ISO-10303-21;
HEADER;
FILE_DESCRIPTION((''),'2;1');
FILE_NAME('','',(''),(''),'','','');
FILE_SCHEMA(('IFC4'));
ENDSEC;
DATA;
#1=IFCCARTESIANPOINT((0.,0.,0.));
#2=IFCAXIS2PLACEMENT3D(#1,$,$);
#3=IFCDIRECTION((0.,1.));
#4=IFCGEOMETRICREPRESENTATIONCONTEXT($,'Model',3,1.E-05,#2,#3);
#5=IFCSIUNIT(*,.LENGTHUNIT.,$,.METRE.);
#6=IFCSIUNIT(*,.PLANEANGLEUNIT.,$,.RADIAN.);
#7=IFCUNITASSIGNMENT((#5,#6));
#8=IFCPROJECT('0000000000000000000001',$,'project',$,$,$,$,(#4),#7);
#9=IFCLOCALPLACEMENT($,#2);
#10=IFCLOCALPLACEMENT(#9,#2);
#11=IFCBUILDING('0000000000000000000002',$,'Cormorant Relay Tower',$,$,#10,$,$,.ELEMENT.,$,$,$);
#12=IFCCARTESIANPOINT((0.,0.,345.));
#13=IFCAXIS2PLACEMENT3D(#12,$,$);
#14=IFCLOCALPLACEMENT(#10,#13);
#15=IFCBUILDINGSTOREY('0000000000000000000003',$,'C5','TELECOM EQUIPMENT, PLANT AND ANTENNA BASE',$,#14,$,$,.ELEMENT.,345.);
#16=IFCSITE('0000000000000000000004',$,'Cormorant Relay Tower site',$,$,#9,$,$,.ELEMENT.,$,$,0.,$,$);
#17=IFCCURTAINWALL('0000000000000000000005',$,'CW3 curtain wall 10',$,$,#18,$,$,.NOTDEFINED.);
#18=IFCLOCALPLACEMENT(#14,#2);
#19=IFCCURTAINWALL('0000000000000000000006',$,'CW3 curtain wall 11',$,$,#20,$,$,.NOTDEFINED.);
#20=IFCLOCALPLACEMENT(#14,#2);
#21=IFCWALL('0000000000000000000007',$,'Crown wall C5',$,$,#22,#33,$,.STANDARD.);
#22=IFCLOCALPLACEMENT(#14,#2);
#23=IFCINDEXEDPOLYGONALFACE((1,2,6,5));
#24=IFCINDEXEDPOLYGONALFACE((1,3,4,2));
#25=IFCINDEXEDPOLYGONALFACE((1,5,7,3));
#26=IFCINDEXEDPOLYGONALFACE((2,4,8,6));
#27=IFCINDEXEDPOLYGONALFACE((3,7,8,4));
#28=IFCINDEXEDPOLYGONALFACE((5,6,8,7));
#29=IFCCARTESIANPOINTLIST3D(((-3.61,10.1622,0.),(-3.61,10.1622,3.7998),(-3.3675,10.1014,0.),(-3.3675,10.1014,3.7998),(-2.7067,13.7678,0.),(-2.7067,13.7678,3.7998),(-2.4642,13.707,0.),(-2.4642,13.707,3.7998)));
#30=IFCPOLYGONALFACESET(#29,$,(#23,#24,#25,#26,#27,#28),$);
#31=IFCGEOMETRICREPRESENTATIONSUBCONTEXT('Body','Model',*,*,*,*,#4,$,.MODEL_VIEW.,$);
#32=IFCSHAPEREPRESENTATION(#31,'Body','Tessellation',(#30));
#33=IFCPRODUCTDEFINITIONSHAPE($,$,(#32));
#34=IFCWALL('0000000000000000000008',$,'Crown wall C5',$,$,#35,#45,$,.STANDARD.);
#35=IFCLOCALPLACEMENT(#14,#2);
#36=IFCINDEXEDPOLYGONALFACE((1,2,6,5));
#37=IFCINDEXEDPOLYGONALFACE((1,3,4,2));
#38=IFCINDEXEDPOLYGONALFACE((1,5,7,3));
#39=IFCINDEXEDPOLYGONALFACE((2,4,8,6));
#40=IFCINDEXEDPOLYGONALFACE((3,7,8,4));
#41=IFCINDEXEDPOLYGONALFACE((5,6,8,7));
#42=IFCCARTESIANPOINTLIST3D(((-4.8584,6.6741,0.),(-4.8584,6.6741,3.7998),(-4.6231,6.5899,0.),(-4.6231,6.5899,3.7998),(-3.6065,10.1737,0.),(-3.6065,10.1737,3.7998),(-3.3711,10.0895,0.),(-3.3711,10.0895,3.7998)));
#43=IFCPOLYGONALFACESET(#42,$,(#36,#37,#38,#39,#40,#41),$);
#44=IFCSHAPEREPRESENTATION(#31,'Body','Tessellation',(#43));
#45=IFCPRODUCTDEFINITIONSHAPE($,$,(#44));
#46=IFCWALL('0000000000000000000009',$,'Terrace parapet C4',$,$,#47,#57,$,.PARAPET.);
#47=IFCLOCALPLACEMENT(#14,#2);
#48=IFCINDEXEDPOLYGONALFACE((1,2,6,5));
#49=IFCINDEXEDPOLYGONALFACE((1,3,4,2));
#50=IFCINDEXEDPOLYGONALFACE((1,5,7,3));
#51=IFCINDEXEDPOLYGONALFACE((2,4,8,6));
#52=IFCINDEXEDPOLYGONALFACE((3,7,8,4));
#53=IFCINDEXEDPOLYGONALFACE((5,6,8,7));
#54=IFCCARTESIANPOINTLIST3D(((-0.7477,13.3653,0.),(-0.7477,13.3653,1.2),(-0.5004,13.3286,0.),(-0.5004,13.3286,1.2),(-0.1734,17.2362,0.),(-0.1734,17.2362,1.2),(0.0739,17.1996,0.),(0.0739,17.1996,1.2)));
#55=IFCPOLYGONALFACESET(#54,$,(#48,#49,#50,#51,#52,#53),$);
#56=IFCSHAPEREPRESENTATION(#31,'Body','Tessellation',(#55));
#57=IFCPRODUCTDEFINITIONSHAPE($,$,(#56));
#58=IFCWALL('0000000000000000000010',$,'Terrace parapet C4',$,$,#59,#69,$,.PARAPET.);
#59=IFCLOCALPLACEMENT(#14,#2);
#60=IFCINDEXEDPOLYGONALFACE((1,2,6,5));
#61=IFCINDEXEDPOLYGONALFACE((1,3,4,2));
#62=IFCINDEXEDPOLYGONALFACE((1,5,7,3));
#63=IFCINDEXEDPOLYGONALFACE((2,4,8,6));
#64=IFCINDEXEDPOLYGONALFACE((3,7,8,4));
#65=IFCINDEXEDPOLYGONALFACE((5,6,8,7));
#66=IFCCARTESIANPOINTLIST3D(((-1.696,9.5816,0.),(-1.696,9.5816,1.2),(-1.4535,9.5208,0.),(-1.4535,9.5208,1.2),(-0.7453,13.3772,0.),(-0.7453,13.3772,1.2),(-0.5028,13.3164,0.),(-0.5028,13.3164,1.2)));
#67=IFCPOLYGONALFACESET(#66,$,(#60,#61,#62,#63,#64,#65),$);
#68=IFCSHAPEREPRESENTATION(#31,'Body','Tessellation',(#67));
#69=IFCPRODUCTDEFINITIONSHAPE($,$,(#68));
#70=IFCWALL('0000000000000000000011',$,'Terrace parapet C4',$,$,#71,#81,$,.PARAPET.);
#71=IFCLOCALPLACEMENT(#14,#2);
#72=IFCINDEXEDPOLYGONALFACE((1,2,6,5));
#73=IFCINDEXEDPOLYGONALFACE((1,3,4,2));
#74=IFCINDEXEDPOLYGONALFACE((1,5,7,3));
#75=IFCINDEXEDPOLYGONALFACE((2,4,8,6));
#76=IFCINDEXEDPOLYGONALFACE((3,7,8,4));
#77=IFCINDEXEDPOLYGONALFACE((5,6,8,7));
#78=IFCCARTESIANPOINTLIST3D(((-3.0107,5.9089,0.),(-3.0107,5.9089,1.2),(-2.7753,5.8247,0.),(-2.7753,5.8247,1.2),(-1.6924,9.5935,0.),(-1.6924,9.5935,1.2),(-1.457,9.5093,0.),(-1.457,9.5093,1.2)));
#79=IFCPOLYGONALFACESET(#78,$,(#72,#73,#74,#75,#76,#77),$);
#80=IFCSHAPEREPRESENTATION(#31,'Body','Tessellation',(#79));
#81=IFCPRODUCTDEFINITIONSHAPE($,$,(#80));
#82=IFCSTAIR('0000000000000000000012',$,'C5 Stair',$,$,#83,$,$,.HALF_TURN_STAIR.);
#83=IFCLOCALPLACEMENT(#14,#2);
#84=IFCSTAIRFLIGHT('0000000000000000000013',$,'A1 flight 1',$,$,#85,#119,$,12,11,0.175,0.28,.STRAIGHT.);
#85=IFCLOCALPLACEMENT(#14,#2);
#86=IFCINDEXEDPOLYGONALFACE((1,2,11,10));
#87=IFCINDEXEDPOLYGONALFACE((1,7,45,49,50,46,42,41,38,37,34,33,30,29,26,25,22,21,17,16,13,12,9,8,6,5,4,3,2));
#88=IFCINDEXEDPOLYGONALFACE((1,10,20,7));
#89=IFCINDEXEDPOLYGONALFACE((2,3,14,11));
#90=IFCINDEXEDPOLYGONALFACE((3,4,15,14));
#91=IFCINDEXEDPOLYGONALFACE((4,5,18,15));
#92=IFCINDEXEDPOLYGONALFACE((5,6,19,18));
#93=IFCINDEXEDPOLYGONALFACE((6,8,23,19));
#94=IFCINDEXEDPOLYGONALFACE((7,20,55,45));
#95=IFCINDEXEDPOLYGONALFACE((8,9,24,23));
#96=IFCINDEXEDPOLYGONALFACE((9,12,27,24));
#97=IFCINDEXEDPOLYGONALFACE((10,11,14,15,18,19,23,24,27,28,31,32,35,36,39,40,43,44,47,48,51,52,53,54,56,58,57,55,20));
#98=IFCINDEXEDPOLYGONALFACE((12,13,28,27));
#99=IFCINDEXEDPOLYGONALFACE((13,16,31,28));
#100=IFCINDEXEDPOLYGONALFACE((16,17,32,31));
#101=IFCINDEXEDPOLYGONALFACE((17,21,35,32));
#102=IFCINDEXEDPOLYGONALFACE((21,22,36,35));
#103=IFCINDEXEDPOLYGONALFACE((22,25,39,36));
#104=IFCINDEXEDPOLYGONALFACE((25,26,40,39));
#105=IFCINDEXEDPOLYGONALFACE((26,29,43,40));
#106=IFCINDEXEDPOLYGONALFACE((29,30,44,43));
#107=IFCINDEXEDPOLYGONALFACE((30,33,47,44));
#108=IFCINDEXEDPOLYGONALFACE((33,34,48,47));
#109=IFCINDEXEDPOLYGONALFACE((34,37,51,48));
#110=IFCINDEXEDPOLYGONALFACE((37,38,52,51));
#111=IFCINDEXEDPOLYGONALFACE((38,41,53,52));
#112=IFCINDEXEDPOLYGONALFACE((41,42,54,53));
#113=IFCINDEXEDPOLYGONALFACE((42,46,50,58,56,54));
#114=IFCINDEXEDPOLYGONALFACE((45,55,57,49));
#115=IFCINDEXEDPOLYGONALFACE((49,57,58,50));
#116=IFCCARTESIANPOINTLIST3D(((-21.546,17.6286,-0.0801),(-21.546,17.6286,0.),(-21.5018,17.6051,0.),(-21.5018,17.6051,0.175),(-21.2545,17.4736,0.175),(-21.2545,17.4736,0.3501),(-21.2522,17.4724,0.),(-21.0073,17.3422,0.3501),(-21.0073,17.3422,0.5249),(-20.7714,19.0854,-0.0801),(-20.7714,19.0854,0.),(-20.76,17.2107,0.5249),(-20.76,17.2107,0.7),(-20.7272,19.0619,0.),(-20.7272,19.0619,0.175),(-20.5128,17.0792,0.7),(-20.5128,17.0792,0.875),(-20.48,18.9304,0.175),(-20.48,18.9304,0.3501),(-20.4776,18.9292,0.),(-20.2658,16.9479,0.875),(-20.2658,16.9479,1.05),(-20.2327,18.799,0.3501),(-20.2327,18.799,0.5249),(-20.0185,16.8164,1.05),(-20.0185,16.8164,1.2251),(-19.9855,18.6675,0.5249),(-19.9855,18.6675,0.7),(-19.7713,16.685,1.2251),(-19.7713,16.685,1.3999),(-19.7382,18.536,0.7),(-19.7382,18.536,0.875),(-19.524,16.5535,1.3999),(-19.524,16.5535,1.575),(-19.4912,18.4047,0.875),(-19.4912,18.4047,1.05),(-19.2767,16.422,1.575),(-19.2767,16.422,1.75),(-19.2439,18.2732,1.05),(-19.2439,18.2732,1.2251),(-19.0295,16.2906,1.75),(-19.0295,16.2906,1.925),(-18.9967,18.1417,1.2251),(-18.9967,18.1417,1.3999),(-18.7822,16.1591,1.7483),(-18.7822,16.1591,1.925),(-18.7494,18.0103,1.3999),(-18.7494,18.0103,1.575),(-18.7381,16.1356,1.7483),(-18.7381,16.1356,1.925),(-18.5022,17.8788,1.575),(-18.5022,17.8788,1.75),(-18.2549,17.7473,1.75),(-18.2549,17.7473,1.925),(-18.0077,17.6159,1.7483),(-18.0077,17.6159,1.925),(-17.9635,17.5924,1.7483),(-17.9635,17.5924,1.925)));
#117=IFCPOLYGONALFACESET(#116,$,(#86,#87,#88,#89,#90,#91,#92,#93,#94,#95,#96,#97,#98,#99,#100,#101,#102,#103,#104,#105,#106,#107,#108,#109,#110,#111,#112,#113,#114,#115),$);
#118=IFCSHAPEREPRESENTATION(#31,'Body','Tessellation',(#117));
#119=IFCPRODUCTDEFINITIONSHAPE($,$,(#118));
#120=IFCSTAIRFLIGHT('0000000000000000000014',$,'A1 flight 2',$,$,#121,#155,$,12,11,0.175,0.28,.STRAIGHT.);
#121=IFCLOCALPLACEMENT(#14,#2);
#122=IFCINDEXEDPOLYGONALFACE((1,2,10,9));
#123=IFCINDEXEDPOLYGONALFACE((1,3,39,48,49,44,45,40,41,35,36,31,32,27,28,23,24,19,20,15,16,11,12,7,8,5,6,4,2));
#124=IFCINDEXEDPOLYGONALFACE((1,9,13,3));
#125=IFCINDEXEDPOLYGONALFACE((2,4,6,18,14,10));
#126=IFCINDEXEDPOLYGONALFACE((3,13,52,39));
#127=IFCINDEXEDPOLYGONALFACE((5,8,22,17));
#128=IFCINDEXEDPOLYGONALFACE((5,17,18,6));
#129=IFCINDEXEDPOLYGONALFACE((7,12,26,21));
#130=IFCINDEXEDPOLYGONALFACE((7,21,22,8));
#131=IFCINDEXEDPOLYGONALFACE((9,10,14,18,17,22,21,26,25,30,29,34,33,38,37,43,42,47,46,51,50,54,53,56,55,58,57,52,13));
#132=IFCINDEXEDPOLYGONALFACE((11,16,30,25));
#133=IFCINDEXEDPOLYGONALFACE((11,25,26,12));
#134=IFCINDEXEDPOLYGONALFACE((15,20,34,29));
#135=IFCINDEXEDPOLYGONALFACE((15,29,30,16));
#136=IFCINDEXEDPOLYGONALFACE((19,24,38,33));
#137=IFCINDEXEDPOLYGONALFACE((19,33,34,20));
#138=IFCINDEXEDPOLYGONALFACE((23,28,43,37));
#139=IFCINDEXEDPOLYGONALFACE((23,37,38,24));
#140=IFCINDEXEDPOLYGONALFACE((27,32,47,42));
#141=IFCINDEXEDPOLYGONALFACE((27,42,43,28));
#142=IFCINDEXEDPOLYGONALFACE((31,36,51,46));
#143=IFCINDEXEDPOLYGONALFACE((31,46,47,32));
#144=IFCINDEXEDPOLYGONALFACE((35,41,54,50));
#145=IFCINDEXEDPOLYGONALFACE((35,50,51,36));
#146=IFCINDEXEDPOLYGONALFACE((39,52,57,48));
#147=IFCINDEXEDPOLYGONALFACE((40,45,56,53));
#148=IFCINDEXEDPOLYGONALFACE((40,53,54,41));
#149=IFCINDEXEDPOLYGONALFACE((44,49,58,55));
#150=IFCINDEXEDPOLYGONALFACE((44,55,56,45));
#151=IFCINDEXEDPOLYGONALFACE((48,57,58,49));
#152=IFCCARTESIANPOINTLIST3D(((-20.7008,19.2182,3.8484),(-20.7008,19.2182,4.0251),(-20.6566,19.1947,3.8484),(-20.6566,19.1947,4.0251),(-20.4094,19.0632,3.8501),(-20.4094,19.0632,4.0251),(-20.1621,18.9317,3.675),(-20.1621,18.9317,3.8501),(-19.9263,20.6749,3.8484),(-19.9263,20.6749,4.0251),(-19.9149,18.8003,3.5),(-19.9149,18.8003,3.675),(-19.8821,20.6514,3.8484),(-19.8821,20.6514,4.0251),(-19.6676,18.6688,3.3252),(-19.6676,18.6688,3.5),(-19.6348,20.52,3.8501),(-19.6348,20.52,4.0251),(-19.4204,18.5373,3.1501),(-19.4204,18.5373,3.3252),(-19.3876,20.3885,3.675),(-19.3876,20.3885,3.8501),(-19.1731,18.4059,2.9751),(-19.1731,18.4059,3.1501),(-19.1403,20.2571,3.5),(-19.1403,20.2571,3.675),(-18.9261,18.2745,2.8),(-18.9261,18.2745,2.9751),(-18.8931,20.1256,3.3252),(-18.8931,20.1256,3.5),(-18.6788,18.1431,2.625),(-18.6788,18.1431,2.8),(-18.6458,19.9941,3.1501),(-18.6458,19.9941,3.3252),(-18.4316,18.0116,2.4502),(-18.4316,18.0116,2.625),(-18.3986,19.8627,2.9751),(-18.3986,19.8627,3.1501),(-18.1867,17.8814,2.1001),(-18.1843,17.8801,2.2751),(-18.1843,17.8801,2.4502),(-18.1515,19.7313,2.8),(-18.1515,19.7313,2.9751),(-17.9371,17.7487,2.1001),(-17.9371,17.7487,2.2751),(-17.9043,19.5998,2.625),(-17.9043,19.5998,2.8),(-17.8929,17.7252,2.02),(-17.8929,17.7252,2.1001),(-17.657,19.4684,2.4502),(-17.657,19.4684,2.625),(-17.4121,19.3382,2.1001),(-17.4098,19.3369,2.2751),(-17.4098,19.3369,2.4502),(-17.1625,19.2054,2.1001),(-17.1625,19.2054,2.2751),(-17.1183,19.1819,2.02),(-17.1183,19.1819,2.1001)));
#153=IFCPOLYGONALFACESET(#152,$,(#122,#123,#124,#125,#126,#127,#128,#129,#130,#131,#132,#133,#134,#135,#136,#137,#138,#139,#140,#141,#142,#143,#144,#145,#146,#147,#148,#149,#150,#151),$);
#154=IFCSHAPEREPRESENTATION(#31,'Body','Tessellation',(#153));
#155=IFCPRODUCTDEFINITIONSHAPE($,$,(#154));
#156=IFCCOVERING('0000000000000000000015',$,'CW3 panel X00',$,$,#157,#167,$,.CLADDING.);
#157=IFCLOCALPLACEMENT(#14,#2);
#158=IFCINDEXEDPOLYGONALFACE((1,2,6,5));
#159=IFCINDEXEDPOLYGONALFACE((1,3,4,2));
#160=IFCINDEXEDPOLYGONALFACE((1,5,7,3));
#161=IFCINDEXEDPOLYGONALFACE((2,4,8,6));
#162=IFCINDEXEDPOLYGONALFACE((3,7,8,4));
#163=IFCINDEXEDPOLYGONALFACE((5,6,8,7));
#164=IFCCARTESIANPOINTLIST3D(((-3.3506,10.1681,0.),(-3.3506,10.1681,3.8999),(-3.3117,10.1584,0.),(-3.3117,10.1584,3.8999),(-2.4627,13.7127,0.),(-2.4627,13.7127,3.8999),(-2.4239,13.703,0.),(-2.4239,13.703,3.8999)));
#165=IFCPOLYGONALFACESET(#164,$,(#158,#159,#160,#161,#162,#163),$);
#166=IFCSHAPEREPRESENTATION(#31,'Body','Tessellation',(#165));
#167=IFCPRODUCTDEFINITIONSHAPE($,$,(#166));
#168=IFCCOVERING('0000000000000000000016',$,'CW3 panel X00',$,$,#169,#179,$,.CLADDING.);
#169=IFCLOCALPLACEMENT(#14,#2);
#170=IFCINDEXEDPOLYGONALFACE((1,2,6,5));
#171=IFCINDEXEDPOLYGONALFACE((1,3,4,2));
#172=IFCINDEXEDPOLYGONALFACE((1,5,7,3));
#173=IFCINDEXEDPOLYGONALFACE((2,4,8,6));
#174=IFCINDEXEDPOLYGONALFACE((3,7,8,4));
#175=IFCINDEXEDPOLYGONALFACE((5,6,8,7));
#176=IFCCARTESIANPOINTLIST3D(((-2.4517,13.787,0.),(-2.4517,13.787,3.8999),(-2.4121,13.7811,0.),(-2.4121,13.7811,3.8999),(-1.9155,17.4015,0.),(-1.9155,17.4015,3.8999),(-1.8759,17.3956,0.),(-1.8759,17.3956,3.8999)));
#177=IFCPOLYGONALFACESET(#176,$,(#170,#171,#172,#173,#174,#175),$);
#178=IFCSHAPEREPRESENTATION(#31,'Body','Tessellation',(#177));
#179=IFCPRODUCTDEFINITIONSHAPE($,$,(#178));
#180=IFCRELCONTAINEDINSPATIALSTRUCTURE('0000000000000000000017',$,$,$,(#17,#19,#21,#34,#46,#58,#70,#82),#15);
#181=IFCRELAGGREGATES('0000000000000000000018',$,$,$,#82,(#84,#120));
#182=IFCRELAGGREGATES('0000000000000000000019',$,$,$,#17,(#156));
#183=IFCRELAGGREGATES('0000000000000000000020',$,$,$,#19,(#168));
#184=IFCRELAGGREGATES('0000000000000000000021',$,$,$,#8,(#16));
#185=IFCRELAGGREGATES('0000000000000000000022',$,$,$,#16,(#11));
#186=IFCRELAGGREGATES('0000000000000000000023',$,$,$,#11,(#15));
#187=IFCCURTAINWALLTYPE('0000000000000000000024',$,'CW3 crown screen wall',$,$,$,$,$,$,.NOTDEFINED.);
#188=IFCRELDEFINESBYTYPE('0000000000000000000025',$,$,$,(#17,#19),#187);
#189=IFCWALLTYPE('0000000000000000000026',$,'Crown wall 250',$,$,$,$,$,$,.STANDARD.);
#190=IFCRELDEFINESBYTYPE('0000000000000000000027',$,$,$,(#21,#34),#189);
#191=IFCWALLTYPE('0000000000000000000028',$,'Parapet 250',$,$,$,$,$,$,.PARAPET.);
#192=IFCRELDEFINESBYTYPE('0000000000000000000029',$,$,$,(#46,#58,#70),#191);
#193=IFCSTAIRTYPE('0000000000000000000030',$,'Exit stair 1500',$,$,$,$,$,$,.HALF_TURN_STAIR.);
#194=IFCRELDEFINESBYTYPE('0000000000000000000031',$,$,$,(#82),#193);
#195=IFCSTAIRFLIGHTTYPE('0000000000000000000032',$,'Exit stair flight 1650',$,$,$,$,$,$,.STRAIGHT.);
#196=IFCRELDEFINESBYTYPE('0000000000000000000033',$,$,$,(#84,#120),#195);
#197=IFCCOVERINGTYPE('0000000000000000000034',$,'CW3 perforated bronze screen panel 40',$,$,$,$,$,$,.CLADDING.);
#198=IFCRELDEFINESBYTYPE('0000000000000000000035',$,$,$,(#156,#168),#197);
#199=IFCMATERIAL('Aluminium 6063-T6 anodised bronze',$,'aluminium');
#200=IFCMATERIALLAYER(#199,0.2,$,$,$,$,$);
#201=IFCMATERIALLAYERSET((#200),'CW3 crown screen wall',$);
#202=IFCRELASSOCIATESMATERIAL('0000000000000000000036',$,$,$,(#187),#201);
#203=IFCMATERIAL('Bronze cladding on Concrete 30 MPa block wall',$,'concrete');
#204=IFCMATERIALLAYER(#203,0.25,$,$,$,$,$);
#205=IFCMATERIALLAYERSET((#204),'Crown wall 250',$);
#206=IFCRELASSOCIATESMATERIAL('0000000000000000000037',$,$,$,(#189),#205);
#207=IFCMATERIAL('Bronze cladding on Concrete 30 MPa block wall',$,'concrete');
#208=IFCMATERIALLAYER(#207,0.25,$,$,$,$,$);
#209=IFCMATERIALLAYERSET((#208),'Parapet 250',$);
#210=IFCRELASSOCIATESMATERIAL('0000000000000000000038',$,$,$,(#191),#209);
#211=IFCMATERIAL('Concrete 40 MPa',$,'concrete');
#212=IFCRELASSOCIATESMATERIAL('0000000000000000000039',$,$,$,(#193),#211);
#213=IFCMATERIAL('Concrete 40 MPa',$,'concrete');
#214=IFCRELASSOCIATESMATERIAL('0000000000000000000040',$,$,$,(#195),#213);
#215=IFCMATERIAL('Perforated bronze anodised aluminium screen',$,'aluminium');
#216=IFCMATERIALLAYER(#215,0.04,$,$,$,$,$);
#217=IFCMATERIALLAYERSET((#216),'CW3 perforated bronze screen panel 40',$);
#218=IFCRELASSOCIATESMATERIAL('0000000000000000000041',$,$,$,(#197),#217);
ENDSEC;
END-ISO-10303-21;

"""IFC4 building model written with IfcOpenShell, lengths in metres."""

from ifc_helpers import new_model, si_unit, direction, frame, frame_2d, origin, origin_2d, place, context, subcontext, project, spatial, polyline, rectangle, outline, extrude, material, layer, layer_set, type_object, element, aggregate, save


model = new_model("IFC4")

# Units and contexts
model_context = context("Model", 3, precision=1e-05, world=origin(), true_north=direction((0.0, 1.0)))
body_context = subcontext(model_context, "Body", "Model", "MODEL_VIEW")
ifc_project = project(units=[si_unit("LENGTHUNIT", "METRE"), si_unit("PLANEANGLEUNIT", "RADIAN")], contexts=[model_context])

# Site, building, storey
site_placement = place(None, origin())
site = spatial("IfcSite", under=ifc_project, at=site_placement, Name="Cormorant Relay Tower site", CompositionType="ELEMENT", RefElevation=0.0)
building_placement = place(site_placement, origin())
building = spatial("IfcBuilding", under=site, at=building_placement, Name="Cormorant Relay Tower", CompositionType="ELEMENT")
storey_placement = place(building_placement, frame((0.0, 0.0, 345.0)))
storey = spatial("IfcBuildingStorey", under=building, at=storey_placement, Name="C5", Description="TELECOM EQUIPMENT, PLANT AND ANTENNA BASE", CompositionType="ELEMENT", Elevation=345.0)

# Curtain walls
ifc_material_1 = material(Name="Aluminium 6063-T6 anodised bronze", Category="aluminium")
ifc_layer_1 = layer(ifc_material_1, 0.2)
ifc_layer_set_1 = layer_set([ifc_layer_1], Name="CW3 crown screen wall")
curtain_wall_type = type_object("IfcCurtainWallType", Name="CW3 crown screen wall", PredefinedType="NOTDEFINED", material=ifc_layer_set_1)
curtain_wall_1_placement = place(storey_placement, origin())
curtain_wall_1 = element("IfcCurtainWall", 1, at=curtain_wall_1_placement, inside=storey, type_object=curtain_wall_type, Name="CW3 curtain wall 10", PredefinedType="NOTDEFINED")
curtain_wall_2_placement = place(storey_placement, origin())
curtain_wall_2 = element("IfcCurtainWall", 2, at=curtain_wall_2_placement, inside=storey, type_object=curtain_wall_type, Name="CW3 curtain wall 11", PredefinedType="NOTDEFINED")

# Walls
ifc_material_2 = material(Name="Bronze cladding on Concrete 30 MPa block wall", Category="concrete")
ifc_layer_2 = layer(ifc_material_2, 0.25)
ifc_layer_set_2 = layer_set([ifc_layer_2], Name="Crown wall 250")
wall_type_1 = type_object("IfcWallType", Name="Crown wall 250", PredefinedType="STANDARD", material=ifc_layer_set_2)
wall_1_placement = place(storey_placement, frame((-2.5854, 13.7373, 0.0), z_axis=(0.0, 0.0, 1.0), x_axis=(-0.243015, -0.970023, 0.0)))
element("IfcWall", 3, at=wall_1_placement, inside=storey, type_object=wall_type_1, Name="Crown wall C5", PredefinedType="STANDARD", context=body_context, shape_type="SweptSolid", body=[
    extrude(rectangle(XDim=3.717, YDim=0.25, at=frame_2d((1.8584, 0.0))), origin(), (0.0, 0.0, 1.0), 3.7998),
])
wall_2_placement = place(storey_placement, frame((-3.4888, 10.1316, 0.0), z_axis=(0.0, 0.0, 1.0), x_axis=(-0.336844, -0.94156, 0.0)))
element("IfcWall", 4, at=wall_2_placement, inside=storey, type_object=wall_type_1, Name="Crown wall C5", PredefinedType="STANDARD", context=body_context, shape_type="SweptSolid", body=[
    extrude(rectangle(XDim=3.7168, YDim=0.25, at=frame_2d((1.8584, 0.0))), origin(), (0.0, 0.0, 1.0), 3.7998),
])
ifc_material_3 = material(Name="Bronze cladding on Concrete 30 MPa block wall", Category="concrete")
ifc_layer_3 = layer(ifc_material_3, 0.25)
ifc_layer_set_3 = layer_set([ifc_layer_3], Name="Parapet 250")
wall_type_2 = type_object("IfcWallType", Name="Parapet 250", PredefinedType="PARAPET", material=ifc_layer_set_3)
wall_3_placement = place(storey_placement, frame((-0.0498, 17.2178, 0.0), z_axis=(0.0, 0.0, 1.0), x_axis=(-0.146739, -0.989175, 0.0)))
element("IfcWall", 5, at=wall_3_placement, inside=storey, type_object=wall_type_2, Name="Terrace parapet C4", PredefinedType="PARAPET", context=body_context, shape_type="SweptSolid", body=[
    extrude(rectangle(XDim=3.9133, YDim=0.25, at=frame_2d((1.9565, 0.0))), origin(), (0.0, 0.0, 1.0), 1.2),
])
wall_4_placement = place(storey_placement, frame((-0.624, 13.3469, 0.0), z_axis=(0.0, 0.0, 1.0), x_axis=(-0.242961, -0.970036, 0.0)))
element("IfcWall", 6, at=wall_4_placement, inside=storey, type_object=wall_type_2, Name="Terrace parapet C4", PredefinedType="PARAPET", context=body_context, shape_type="SweptSolid", body=[
    extrude(rectangle(XDim=3.9128, YDim=0.25, at=frame_2d((1.9565, 0.0))), origin(), (0.0, 0.0, 1.0), 1.2),
])
wall_5_placement = place(storey_placement, frame((-1.5747, 9.5513, 0.0), z_axis=(0.0, 0.0, 1.0), x_axis=(-0.33689, -0.941544, 0.0)))
element("IfcWall", 7, at=wall_5_placement, inside=storey, type_object=wall_type_2, Name="Terrace parapet C4", PredefinedType="PARAPET", context=body_context, shape_type="SweptSolid", body=[
    extrude(rectangle(XDim=3.9133, YDim=0.25, at=frame_2d((1.9565, 0.0))), origin(), (0.0, 0.0, 1.0), 1.2),
])

# Stair, stair flights
ifc_material_4 = material(Name="Concrete 40 MPa", Category="concrete")
stair_type = type_object("IfcStairType", Name="Exit stair 1500", PredefinedType="HALF_TURN_STAIR", material=ifc_material_4)
stair_placement = place(storey_placement, origin())
stair = element("IfcStair", 8, at=stair_placement, inside=storey, type_object=stair_type, Name="C5 Stair", PredefinedType="HALF_TURN_STAIR")
ifc_material_5 = material(Name="Concrete 40 MPa", Category="concrete")
stair_flight_type = type_object("IfcStairFlightType", Name="Exit stair flight 1650", PredefinedType="STRAIGHT", material=ifc_material_5)
stair_flight_1_placement = place(storey_placement, frame((-21.1145, 18.3335, 0.0), z_axis=(0.0, 0.0, 1.0), x_axis=(0.882948, -0.469472, 0.0)))
stair_flight_1 = element("IfcStairFlight", 9, at=stair_flight_1_placement, type_object=stair_flight_type, Name="A1 flight 1", NumberOfRisers=12, NumberOfTreads=11, PredefinedType="STRAIGHT", RiserHeight=0.175, TreadLength=0.28, context=body_context, shape_type="SweptSolid", body=[
    extrude(outline(polyline([(-0.05, -0.0801), (-0.05, 0.0), (0.0, 0.0), (0.0, 0.175), (0.28, 0.175), (0.28, 0.3501), (0.5601, 0.3501), (0.5601, 0.5249), (0.8401, 0.5249), (0.8401, 0.7), (1.1201, 0.7), (1.1201, 0.875), (1.3999, 0.875), (1.3999, 1.05), (1.6799, 1.05), (1.6799, 1.2251), (1.96, 1.2251), (1.96, 1.3999), (2.24, 1.3999), (2.24, 1.575), (2.52, 1.575), (2.52, 1.75), (2.8, 1.75), (2.8, 1.925), (3.0801, 1.925), (3.1301, 1.925), (3.1301, 1.7483), (3.0801, 1.7483), (0.2827, 0.0), (-0.05, -0.0801)])), frame((0.0, 0.825, 0.0), z_axis=(0.0, -1.0, 0.0), x_axis=(1.0, 0.0, 0.0)), (0.0, 0.0, 1.0), 1.6499),
])
stair_flight_2_placement = place(storey_placement, frame((-17.5498, 18.4771, 2.1001), z_axis=(0.0, 0.0, 1.0), x_axis=(-0.882948, 0.469472, 0.0)))
stair_flight_2 = element("IfcStairFlight", 10, at=stair_flight_2_placement, type_object=stair_flight_type, Name="A1 flight 2", NumberOfRisers=12, NumberOfTreads=11, PredefinedType="STRAIGHT", RiserHeight=0.175, TreadLength=0.28, context=body_context, shape_type="SweptSolid", body=[
    extrude(outline(polyline([(-0.05, -0.0801), (-0.05, 0.0), (0.0, 0.0), (0.0, 0.175), (0.28, 0.175), (0.28, 0.3501), (0.5601, 0.3501), (0.5601, 0.5249), (0.8401, 0.5249), (0.8401, 0.7), (1.1201, 0.7), (1.1201, 0.875), (1.3999, 0.875), (1.3999, 1.05), (1.6799, 1.05), (1.6799, 1.2251), (1.96, 1.2251), (1.96, 1.3999), (2.24, 1.3999), (2.24, 1.575), (2.52, 1.575), (2.52, 1.75), (2.8, 1.75), (2.8, 1.925), (3.0801, 1.925), (3.1301, 1.925), (3.1301, 1.7483), (3.0801, 1.7483), (0.2827, 0.0), (-0.05, -0.0801)])), frame((0.0, 0.825, 0.0), z_axis=(0.0, -1.0, 0.0), x_axis=(1.0, 0.0, 0.0)), (0.0, 0.0, 1.0), 1.6499),
])
aggregate(stair, [stair_flight_1, stair_flight_2])

# Coverings
ifc_material_6 = material(Name="Perforated bronze anodised aluminium screen", Category="aluminium")
ifc_layer_4 = layer(ifc_material_6, 0.04)
ifc_layer_set_4 = layer_set([ifc_layer_4], Name="CW3 perforated bronze screen panel 40")
covering_type = type_object("IfcCoveringType", Name="CW3 perforated bronze screen panel 40", PredefinedType="CLADDING", material=ifc_layer_set_4)
covering_1_placement = place(storey_placement, frame((-2.8872, 11.9355, 0.0), z_axis=(0.0, 0.0, 1.0), x_axis=(0.24298, 0.970031, 0.0)))
covering_1 = element("IfcCovering", 11, at=covering_1_placement, type_object=covering_type, Name="CW3 panel X00", PredefinedType="CLADDING", context=body_context, shape_type="SweptSolid", body=[
    extrude(rectangle(XDim=3.6541, YDim=0.04, at=origin_2d()), origin(), (0.0, 0.0, 1.0), 3.8999),
])
aggregate(curtain_wall_1, [covering_1])
covering_2_placement = place(storey_placement, frame((-2.1638, 15.5913, 0.0), z_axis=(0.0, 0.0, 1.0), x_axis=(0.14673, 0.989177, 0.0)))
covering_2 = element("IfcCovering", 12, at=covering_2_placement, type_object=covering_type, Name="CW3 panel X00", PredefinedType="CLADDING", context=body_context, shape_type="SweptSolid", body=[
    extrude(rectangle(XDim=3.6541, YDim=0.04, at=origin_2d()), origin(), (0.0, 0.0, 1.0), 3.8999),
])
aggregate(curtain_wall_2, [covering_2])

save(model, "model.ifc")
